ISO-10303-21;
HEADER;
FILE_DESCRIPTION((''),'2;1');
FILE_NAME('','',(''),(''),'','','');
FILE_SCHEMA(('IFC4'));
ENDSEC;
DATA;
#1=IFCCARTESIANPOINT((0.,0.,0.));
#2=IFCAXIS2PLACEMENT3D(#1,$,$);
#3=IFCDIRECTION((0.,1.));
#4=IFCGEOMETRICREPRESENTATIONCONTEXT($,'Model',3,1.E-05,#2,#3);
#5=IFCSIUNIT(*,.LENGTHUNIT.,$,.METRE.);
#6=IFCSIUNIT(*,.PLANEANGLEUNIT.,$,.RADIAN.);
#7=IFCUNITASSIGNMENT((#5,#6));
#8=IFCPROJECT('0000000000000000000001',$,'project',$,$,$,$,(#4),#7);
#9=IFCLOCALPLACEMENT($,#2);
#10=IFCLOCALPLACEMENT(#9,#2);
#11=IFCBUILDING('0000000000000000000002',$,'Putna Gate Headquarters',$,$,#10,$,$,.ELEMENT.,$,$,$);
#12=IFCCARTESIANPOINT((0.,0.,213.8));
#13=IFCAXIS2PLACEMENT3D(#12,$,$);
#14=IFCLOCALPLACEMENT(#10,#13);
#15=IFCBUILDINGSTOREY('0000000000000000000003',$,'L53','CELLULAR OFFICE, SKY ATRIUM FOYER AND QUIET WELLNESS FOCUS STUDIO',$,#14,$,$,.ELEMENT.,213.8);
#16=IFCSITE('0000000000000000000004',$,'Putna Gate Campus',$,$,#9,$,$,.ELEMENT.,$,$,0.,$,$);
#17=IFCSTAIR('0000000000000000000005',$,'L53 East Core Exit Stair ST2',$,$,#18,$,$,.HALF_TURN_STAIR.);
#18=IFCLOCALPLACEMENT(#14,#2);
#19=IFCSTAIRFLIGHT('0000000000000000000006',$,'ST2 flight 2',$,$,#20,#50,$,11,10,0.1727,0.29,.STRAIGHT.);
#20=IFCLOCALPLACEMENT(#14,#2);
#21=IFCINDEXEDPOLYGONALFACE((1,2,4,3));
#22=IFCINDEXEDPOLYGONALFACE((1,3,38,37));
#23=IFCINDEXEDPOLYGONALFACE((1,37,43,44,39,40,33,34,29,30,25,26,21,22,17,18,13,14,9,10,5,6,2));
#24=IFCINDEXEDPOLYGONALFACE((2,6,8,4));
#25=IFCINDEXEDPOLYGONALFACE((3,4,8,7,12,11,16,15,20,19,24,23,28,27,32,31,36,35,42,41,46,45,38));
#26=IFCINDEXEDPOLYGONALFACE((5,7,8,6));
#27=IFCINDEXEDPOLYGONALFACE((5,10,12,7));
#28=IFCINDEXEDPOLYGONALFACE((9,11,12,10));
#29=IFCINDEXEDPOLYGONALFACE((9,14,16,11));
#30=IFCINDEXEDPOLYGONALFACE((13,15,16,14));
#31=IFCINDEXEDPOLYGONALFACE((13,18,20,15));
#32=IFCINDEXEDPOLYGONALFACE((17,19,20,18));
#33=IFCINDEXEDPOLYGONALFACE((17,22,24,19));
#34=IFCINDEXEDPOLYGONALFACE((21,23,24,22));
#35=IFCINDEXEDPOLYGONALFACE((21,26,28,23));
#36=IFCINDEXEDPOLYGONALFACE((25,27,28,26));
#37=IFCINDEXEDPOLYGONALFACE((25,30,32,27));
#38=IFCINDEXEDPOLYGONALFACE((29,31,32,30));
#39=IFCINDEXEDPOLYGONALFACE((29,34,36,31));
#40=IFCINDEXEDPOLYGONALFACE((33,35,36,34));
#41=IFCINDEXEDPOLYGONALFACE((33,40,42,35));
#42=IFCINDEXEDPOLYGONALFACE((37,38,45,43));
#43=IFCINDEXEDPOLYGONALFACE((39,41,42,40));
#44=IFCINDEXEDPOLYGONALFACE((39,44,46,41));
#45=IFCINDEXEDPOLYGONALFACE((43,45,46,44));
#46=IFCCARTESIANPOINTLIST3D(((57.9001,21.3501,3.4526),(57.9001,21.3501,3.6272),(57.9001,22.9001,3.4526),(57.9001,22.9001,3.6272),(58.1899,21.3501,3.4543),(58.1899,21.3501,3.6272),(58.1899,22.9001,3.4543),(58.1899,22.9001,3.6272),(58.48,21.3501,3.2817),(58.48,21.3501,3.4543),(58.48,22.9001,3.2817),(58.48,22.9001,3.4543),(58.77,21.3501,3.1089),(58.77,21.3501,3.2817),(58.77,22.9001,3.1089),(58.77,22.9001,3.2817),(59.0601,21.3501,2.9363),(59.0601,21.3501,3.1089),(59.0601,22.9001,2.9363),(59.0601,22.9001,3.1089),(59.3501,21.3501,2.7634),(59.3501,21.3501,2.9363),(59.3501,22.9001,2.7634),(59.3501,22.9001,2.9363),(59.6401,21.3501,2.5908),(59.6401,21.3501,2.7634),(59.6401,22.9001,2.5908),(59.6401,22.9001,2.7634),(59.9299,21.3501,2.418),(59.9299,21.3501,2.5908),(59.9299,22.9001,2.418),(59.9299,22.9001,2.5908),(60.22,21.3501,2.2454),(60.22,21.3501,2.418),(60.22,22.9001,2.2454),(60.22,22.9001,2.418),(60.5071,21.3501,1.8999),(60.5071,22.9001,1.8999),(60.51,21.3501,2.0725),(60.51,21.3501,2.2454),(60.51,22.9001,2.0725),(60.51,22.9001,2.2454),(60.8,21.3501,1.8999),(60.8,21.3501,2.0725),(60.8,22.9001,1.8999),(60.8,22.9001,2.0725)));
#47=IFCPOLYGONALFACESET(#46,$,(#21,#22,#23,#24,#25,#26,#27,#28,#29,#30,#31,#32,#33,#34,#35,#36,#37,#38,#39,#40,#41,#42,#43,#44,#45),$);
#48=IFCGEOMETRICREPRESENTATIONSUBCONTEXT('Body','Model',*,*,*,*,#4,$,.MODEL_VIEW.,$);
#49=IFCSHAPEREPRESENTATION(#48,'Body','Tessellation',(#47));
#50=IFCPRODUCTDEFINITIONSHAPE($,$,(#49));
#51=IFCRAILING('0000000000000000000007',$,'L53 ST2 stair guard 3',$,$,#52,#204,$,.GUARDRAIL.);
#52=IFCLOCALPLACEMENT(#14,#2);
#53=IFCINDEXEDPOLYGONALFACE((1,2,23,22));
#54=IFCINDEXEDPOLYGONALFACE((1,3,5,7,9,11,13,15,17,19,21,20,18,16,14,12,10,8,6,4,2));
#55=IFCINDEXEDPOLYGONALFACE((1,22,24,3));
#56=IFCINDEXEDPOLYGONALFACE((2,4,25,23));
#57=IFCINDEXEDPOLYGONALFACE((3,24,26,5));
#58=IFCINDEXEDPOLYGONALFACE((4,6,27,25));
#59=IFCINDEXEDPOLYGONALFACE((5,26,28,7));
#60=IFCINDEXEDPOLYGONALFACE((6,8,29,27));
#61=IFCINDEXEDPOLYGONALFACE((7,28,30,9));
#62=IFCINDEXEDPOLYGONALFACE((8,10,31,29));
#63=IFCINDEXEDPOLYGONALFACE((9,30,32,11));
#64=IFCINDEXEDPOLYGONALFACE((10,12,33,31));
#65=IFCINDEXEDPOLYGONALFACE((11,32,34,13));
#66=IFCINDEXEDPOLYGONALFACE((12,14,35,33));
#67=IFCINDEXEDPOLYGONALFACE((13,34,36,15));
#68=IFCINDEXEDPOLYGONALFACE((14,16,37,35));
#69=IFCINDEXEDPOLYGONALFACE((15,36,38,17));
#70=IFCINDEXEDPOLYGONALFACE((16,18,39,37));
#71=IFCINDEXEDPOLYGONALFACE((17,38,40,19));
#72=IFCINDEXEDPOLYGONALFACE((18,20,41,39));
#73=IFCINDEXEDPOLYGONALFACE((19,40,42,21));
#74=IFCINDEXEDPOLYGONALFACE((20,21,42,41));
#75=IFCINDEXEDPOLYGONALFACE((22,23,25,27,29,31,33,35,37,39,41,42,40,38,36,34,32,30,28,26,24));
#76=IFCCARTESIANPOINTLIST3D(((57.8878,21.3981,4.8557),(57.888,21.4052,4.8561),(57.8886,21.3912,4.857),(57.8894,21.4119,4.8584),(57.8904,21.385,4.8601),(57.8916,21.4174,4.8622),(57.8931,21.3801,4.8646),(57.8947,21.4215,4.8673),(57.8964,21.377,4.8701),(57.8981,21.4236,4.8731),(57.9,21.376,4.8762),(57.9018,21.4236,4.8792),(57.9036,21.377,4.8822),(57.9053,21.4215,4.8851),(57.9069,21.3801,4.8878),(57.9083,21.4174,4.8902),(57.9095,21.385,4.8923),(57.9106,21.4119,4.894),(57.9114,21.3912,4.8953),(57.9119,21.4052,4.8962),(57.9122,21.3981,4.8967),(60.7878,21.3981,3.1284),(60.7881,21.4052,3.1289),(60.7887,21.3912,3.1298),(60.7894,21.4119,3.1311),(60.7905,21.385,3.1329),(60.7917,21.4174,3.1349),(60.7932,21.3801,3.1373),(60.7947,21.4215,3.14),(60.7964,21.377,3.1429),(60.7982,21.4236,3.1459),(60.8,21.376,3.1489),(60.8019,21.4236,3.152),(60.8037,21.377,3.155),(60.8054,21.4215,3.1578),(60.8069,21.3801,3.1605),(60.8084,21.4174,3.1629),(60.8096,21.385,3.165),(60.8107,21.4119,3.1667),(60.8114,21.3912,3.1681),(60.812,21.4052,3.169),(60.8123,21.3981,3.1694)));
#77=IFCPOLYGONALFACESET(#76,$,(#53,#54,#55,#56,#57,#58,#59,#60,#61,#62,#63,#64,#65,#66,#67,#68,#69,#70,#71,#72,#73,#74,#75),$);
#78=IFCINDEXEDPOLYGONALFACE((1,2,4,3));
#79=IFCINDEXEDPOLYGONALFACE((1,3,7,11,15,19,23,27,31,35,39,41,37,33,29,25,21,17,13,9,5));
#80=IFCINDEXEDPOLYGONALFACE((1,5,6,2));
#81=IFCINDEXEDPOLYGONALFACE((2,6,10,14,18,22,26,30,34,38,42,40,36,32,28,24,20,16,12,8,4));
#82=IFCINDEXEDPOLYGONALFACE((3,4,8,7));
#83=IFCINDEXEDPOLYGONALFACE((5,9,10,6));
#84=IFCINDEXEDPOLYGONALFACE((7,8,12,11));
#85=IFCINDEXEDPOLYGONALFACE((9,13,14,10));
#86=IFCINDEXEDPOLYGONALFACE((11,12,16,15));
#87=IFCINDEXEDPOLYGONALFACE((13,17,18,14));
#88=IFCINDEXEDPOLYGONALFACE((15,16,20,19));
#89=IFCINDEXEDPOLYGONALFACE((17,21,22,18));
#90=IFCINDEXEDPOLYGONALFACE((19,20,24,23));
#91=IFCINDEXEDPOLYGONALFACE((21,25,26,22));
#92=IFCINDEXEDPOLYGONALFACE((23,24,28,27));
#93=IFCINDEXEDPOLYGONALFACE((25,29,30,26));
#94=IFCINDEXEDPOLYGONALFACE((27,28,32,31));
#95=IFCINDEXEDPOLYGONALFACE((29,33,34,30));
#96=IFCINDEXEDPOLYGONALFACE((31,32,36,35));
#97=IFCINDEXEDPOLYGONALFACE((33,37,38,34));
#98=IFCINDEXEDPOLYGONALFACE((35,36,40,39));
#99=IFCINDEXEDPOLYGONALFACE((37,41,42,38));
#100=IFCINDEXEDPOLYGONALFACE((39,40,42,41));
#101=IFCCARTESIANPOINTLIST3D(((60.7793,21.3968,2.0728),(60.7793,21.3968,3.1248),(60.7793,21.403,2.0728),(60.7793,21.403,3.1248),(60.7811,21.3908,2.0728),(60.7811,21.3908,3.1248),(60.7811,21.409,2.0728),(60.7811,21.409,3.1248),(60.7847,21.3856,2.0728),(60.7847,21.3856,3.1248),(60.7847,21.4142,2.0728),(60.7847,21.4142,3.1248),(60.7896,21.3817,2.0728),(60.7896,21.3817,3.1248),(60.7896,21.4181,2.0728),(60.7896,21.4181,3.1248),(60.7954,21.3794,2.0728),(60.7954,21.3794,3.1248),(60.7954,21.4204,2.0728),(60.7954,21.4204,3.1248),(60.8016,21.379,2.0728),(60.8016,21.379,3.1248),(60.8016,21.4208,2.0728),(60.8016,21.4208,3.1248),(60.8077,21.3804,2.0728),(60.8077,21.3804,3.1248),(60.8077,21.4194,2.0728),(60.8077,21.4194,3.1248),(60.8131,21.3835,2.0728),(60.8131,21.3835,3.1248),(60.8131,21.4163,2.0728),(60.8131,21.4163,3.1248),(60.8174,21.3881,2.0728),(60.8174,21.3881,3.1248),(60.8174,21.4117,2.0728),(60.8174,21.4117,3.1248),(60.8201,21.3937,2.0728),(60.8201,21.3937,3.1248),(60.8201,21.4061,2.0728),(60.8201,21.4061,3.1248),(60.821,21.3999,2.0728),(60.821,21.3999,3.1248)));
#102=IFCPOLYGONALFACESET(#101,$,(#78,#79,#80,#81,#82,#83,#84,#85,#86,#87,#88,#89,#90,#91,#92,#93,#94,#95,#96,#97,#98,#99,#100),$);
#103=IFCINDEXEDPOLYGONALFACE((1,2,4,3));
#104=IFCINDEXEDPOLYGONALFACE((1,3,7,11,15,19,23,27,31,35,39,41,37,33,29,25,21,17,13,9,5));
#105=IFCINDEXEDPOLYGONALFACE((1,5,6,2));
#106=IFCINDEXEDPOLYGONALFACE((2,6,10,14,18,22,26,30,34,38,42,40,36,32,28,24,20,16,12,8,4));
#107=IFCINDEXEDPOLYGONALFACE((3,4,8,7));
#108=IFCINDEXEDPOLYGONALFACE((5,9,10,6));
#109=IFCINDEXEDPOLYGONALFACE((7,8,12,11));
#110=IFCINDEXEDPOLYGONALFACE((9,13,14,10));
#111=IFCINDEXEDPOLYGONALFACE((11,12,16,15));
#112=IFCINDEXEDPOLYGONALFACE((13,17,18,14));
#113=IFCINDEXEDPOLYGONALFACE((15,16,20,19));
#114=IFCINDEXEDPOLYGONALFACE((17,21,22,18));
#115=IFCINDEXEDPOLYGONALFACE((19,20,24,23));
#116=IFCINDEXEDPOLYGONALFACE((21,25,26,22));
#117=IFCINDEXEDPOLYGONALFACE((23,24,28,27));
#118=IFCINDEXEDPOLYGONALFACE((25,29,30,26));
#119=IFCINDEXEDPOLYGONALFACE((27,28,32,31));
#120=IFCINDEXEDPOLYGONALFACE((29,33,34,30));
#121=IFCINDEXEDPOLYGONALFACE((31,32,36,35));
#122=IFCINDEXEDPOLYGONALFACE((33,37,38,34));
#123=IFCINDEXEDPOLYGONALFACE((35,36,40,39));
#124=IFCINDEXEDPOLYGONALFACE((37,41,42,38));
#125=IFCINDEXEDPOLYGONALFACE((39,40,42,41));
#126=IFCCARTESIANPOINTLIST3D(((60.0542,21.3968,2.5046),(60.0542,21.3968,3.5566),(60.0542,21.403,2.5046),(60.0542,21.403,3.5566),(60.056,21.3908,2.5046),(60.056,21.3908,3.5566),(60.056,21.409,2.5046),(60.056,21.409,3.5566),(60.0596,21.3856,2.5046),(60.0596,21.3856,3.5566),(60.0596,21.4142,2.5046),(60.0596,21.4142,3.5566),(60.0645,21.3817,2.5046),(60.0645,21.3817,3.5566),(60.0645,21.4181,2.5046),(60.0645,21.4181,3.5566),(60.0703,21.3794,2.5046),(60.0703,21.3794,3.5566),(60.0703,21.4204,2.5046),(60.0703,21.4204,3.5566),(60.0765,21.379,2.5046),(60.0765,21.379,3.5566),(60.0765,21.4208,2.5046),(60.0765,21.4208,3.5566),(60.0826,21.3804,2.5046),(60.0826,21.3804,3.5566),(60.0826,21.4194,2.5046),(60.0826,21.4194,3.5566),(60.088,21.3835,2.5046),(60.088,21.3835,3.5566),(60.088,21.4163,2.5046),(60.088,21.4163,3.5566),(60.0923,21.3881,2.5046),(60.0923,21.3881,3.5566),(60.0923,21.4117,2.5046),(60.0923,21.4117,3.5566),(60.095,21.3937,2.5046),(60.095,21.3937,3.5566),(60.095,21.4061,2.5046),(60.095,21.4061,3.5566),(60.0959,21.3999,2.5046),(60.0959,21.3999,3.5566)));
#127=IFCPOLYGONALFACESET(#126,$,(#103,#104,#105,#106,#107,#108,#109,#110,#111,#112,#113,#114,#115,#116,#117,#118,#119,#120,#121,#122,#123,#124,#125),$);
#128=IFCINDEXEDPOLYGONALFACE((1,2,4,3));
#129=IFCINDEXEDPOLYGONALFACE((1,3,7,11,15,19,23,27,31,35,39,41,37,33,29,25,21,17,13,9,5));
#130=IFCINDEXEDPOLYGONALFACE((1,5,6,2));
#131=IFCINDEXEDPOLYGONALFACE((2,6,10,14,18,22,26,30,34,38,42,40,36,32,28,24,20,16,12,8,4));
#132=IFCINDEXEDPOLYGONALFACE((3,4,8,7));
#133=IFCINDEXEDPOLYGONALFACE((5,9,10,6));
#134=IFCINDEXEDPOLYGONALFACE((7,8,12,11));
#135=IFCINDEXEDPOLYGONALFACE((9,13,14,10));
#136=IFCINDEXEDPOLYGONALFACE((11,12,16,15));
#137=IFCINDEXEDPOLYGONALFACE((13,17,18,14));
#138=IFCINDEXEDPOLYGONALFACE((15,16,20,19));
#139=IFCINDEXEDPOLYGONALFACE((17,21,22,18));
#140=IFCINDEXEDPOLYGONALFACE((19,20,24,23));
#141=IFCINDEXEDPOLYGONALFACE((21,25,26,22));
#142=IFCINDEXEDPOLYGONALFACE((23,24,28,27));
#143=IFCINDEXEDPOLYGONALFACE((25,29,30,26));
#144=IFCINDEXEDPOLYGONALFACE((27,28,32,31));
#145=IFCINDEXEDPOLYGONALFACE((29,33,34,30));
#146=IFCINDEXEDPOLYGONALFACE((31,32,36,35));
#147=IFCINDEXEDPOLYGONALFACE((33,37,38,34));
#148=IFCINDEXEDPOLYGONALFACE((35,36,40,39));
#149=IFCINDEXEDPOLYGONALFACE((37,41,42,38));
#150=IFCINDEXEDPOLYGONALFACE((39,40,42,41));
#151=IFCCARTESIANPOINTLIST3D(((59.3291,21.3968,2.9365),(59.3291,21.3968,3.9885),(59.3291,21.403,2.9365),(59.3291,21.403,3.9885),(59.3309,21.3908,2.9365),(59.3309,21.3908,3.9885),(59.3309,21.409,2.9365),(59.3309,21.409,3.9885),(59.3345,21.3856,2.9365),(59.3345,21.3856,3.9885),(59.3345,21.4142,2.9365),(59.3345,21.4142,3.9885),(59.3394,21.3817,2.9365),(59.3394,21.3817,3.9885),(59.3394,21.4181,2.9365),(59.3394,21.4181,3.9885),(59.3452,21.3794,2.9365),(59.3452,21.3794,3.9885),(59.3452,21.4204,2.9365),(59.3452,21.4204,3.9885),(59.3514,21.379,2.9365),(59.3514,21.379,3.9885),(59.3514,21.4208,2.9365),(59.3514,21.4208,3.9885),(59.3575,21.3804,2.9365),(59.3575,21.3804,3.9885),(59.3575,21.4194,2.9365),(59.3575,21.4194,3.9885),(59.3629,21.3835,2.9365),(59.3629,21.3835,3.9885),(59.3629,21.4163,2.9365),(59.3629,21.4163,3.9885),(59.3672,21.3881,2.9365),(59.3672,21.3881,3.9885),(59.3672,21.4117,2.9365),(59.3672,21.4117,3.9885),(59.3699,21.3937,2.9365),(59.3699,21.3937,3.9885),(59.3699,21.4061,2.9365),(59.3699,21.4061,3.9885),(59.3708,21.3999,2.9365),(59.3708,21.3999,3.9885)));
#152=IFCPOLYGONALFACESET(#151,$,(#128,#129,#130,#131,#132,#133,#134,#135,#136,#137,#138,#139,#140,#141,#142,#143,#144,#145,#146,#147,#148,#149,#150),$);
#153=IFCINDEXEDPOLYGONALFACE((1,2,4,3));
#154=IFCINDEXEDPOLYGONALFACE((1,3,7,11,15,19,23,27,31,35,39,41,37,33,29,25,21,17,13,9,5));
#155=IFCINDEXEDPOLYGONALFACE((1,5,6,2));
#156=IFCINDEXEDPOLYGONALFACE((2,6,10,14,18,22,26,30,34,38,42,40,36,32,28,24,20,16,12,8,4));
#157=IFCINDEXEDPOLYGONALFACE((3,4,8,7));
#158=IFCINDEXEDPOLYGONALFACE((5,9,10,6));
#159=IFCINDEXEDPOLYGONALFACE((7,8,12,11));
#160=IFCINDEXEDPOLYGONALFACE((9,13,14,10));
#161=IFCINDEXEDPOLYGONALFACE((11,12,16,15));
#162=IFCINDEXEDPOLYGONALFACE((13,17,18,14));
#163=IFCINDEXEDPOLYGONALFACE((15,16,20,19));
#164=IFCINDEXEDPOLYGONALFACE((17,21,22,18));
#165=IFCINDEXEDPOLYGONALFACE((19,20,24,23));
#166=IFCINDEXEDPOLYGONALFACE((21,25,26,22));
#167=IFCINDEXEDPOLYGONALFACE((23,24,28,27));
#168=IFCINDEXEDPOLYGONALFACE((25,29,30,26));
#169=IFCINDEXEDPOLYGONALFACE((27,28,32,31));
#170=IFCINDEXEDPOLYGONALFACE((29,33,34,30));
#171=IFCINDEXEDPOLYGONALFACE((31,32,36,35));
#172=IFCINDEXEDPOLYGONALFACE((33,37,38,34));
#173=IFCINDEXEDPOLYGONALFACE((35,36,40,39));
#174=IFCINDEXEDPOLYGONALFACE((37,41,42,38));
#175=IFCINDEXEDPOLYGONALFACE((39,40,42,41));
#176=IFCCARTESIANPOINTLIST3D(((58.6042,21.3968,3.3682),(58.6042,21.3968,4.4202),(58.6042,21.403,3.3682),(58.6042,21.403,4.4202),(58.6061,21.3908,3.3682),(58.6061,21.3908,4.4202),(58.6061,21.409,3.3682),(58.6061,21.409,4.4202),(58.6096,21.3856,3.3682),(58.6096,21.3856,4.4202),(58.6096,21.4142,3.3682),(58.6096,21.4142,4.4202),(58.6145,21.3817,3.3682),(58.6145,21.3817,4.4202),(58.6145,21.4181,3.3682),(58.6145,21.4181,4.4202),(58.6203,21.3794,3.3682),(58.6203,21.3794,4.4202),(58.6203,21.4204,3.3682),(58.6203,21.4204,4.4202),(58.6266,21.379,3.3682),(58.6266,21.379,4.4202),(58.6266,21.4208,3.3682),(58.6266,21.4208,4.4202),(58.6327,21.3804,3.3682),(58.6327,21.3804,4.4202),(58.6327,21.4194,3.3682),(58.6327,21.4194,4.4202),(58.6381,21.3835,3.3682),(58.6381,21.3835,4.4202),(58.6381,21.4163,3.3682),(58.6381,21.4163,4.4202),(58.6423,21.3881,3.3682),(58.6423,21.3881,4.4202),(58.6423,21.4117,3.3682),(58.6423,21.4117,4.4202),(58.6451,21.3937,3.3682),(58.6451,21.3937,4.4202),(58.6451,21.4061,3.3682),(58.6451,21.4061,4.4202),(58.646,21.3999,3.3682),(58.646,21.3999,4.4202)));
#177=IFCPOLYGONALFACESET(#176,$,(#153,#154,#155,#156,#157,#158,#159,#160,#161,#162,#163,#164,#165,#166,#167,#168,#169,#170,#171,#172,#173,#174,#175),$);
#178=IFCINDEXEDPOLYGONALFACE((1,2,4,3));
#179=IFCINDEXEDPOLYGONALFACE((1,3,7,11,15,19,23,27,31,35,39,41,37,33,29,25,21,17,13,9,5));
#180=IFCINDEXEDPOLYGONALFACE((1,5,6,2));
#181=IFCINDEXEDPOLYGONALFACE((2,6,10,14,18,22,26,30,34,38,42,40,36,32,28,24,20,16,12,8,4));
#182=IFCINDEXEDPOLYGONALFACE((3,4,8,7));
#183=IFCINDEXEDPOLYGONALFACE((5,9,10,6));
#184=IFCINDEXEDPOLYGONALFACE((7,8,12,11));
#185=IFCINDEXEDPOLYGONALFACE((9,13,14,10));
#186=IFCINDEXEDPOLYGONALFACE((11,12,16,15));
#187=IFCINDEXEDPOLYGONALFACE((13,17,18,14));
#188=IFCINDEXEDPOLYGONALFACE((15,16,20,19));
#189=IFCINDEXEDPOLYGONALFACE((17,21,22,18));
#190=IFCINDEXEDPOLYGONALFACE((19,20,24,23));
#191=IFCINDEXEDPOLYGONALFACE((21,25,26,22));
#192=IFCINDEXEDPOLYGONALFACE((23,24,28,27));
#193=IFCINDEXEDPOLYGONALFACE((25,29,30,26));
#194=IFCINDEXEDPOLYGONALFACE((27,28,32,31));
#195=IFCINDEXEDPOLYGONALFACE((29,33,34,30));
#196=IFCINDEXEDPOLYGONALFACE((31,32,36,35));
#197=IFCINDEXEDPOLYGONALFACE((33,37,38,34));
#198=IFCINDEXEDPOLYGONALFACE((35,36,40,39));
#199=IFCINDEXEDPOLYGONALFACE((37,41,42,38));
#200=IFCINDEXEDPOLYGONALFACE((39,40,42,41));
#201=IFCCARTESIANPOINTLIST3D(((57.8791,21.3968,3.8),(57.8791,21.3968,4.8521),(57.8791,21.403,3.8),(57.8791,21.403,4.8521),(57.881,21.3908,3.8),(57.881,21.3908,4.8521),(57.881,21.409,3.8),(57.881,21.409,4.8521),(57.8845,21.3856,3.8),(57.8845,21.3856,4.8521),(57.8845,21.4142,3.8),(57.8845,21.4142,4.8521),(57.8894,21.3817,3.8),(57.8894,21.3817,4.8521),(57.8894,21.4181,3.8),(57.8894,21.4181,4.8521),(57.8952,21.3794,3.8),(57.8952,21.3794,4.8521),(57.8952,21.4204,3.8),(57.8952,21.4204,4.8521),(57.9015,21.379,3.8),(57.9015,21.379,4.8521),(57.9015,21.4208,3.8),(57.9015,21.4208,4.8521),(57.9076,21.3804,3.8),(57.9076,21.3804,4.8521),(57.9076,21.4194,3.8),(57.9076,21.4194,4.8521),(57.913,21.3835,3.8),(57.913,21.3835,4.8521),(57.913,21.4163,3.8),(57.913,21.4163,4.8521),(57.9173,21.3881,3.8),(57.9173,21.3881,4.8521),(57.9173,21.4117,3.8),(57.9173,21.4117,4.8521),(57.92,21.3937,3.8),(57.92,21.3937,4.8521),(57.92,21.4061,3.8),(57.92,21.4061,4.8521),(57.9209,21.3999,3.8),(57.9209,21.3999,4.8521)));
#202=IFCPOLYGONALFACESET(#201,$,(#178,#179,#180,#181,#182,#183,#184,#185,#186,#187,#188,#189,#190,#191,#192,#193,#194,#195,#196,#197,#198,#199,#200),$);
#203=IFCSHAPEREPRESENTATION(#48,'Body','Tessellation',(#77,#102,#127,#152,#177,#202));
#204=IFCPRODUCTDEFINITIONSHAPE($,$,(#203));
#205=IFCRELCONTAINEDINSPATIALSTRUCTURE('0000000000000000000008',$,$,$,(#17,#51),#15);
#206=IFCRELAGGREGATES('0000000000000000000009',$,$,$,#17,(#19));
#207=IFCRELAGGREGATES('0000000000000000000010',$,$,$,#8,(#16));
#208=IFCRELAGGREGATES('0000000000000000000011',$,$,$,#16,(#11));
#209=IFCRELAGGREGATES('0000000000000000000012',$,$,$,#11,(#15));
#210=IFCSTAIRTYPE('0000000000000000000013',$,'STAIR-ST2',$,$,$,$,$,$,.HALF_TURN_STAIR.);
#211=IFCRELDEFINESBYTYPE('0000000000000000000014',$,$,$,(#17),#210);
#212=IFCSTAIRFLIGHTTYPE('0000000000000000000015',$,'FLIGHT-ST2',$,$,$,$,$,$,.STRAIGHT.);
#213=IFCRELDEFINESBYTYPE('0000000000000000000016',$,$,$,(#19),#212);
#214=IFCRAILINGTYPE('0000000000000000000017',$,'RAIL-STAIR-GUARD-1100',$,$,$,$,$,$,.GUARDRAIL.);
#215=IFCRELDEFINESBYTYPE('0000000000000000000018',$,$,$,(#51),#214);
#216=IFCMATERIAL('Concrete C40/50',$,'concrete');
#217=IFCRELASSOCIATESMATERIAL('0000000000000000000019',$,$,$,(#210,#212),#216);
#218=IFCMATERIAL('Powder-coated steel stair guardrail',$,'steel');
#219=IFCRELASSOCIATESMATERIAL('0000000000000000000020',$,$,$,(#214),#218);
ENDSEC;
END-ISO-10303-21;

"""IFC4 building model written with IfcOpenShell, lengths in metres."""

from ifc_helpers import new_model, si_unit, direction, frame, origin, origin_2d, place, context, subcontext, project, spatial, polyline, circle, outline, extrude, material, type_object, element, aggregate, save


model = new_model("IFC4")

# Units and contexts
model_context = context("Model", 3, precision=1e-05, world=origin(), true_north=direction((0.0, 1.0)))
body_context = subcontext(model_context, "Body", "Model", "MODEL_VIEW")
ifc_project = project(units=[si_unit("LENGTHUNIT", "METRE"), si_unit("PLANEANGLEUNIT", "RADIAN")], contexts=[model_context])

# Site, building, storey
site_placement = place(None, origin())
site = spatial("IfcSite", under=ifc_project, at=site_placement, Name="Putna Gate Campus", CompositionType="ELEMENT", RefElevation=0.0)
building_placement = place(site_placement, origin())
building = spatial("IfcBuilding", under=site, at=building_placement, Name="Putna Gate Headquarters", CompositionType="ELEMENT")
storey_placement = place(building_placement, frame((0.0, 0.0, 213.8)))
storey = spatial("IfcBuildingStorey", under=building, at=storey_placement, Name="L53", Description="CELLULAR OFFICE, SKY ATRIUM FOYER AND QUIET WELLNESS FOCUS STUDIO", CompositionType="ELEMENT", Elevation=213.8)

# Shared definitions
ifc_material_1 = material(Name="Concrete C40/50", Category="concrete")

# Stair, stair flight
stair_type = type_object("IfcStairType", Name="STAIR-ST2", PredefinedType="HALF_TURN_STAIR", material=ifc_material_1)
stair_placement = place(storey_placement, origin())
stair = element("IfcStair", 1, at=stair_placement, inside=storey, type_object=stair_type, Name="L53 East Core Exit Stair ST2", PredefinedType="HALF_TURN_STAIR")
stair_flight_type = type_object("IfcStairFlightType", Name="FLIGHT-ST2", PredefinedType="STRAIGHT", material=ifc_material_1)
stair_flight_placement = place(storey_placement, frame((60.8, 22.125, 1.8999), z_axis=(0.0, 0.0, 1.0), x_axis=(-1.0, 0.0, 0.0)))
stair_flight = element("IfcStairFlight", 2, at=stair_flight_placement, type_object=stair_flight_type, Name="ST2 flight 2", NumberOfRisers=11, NumberOfTreads=10, PredefinedType="STRAIGHT", RiserHeight=0.1727, TreadLength=0.29, context=body_context, shape_type="SweptSolid", body=[
    extrude(outline(polyline([(0.0, 0.0), (0.0, 0.1726), (0.29, 0.1726), (0.29, 0.3455), (0.5801, 0.3455), (0.5801, 0.5181), (0.8701, 0.5181), (0.8701, 0.6909), (1.1599, 0.6909), (1.1599, 0.8635), (1.45, 0.8635), (1.45, 1.0364), (1.74, 1.0364), (1.74, 1.209), (2.03, 1.209), (2.03, 1.3818), (2.3201, 1.3818), (2.3201, 1.5544), (2.6101, 1.5544), (2.6101, 1.7273), (2.8999, 1.7273), (2.8999, 1.8999), (2.8999, 1.5527), (0.293, 0.0), (0.0, 0.0)])), frame((0.0, 0.7749, 0.0), z_axis=(0.0, -1.0, 0.0), x_axis=(1.0, 0.0, 0.0)), (0.0, 0.0, 1.0), 1.55),
])
aggregate(stair, [stair_flight])

# Railing
ifc_material_2 = material(Name="Powder-coated steel stair guardrail", Category="steel")
railing_type_1 = type_object("IfcRailingType", Name="RAIL-STAIR-GUARD-1100", PredefinedType="GUARDRAIL", material=ifc_material_2)
railing_1_placement = place(storey_placement, frame((60.8, 21.3999, 2.0728)))
element("IfcRailing", 3, at=railing_1_placement, inside=storey, type_object=railing_type_1, Name="L53 ST2 stair guard 3", PredefinedType="GUARDRAIL", context=body_context, shape_type="SweptSolid", body=[
    extrude(circle(Radius=0.0239, at=origin_2d()), frame((0.0, 0.0, 1.0762), z_axis=(-0.85916, 0.0, 0.511706), x_axis=(0.0, -1.0, 0.0)), (0.0, 0.0, 1.0), 3.3755),
    extrude(circle(Radius=0.021, at=origin_2d()), origin(), (0.0, 0.0, 1.0), 1.052),
    extrude(circle(Radius=0.021, at=origin_2d()), frame((-0.7251, 0.0, 0.4319)), (0.0, 0.0, 1.0), 1.052),
    extrude(circle(Radius=0.021, at=origin_2d()), frame((-1.4502, 0.0, 0.8638)), (0.0, 0.0, 1.0), 1.052),
    extrude(circle(Radius=0.021, at=origin_2d()), frame((-2.175, 0.0, 1.2954)), (0.0, 0.0, 1.0), 1.052),
    extrude(circle(Radius=0.021, at=origin_2d()), frame((-2.9001, 0.0, 1.7273)), (0.0, 0.0, 1.0), 1.052),
])

save(model, "model.ifc")
